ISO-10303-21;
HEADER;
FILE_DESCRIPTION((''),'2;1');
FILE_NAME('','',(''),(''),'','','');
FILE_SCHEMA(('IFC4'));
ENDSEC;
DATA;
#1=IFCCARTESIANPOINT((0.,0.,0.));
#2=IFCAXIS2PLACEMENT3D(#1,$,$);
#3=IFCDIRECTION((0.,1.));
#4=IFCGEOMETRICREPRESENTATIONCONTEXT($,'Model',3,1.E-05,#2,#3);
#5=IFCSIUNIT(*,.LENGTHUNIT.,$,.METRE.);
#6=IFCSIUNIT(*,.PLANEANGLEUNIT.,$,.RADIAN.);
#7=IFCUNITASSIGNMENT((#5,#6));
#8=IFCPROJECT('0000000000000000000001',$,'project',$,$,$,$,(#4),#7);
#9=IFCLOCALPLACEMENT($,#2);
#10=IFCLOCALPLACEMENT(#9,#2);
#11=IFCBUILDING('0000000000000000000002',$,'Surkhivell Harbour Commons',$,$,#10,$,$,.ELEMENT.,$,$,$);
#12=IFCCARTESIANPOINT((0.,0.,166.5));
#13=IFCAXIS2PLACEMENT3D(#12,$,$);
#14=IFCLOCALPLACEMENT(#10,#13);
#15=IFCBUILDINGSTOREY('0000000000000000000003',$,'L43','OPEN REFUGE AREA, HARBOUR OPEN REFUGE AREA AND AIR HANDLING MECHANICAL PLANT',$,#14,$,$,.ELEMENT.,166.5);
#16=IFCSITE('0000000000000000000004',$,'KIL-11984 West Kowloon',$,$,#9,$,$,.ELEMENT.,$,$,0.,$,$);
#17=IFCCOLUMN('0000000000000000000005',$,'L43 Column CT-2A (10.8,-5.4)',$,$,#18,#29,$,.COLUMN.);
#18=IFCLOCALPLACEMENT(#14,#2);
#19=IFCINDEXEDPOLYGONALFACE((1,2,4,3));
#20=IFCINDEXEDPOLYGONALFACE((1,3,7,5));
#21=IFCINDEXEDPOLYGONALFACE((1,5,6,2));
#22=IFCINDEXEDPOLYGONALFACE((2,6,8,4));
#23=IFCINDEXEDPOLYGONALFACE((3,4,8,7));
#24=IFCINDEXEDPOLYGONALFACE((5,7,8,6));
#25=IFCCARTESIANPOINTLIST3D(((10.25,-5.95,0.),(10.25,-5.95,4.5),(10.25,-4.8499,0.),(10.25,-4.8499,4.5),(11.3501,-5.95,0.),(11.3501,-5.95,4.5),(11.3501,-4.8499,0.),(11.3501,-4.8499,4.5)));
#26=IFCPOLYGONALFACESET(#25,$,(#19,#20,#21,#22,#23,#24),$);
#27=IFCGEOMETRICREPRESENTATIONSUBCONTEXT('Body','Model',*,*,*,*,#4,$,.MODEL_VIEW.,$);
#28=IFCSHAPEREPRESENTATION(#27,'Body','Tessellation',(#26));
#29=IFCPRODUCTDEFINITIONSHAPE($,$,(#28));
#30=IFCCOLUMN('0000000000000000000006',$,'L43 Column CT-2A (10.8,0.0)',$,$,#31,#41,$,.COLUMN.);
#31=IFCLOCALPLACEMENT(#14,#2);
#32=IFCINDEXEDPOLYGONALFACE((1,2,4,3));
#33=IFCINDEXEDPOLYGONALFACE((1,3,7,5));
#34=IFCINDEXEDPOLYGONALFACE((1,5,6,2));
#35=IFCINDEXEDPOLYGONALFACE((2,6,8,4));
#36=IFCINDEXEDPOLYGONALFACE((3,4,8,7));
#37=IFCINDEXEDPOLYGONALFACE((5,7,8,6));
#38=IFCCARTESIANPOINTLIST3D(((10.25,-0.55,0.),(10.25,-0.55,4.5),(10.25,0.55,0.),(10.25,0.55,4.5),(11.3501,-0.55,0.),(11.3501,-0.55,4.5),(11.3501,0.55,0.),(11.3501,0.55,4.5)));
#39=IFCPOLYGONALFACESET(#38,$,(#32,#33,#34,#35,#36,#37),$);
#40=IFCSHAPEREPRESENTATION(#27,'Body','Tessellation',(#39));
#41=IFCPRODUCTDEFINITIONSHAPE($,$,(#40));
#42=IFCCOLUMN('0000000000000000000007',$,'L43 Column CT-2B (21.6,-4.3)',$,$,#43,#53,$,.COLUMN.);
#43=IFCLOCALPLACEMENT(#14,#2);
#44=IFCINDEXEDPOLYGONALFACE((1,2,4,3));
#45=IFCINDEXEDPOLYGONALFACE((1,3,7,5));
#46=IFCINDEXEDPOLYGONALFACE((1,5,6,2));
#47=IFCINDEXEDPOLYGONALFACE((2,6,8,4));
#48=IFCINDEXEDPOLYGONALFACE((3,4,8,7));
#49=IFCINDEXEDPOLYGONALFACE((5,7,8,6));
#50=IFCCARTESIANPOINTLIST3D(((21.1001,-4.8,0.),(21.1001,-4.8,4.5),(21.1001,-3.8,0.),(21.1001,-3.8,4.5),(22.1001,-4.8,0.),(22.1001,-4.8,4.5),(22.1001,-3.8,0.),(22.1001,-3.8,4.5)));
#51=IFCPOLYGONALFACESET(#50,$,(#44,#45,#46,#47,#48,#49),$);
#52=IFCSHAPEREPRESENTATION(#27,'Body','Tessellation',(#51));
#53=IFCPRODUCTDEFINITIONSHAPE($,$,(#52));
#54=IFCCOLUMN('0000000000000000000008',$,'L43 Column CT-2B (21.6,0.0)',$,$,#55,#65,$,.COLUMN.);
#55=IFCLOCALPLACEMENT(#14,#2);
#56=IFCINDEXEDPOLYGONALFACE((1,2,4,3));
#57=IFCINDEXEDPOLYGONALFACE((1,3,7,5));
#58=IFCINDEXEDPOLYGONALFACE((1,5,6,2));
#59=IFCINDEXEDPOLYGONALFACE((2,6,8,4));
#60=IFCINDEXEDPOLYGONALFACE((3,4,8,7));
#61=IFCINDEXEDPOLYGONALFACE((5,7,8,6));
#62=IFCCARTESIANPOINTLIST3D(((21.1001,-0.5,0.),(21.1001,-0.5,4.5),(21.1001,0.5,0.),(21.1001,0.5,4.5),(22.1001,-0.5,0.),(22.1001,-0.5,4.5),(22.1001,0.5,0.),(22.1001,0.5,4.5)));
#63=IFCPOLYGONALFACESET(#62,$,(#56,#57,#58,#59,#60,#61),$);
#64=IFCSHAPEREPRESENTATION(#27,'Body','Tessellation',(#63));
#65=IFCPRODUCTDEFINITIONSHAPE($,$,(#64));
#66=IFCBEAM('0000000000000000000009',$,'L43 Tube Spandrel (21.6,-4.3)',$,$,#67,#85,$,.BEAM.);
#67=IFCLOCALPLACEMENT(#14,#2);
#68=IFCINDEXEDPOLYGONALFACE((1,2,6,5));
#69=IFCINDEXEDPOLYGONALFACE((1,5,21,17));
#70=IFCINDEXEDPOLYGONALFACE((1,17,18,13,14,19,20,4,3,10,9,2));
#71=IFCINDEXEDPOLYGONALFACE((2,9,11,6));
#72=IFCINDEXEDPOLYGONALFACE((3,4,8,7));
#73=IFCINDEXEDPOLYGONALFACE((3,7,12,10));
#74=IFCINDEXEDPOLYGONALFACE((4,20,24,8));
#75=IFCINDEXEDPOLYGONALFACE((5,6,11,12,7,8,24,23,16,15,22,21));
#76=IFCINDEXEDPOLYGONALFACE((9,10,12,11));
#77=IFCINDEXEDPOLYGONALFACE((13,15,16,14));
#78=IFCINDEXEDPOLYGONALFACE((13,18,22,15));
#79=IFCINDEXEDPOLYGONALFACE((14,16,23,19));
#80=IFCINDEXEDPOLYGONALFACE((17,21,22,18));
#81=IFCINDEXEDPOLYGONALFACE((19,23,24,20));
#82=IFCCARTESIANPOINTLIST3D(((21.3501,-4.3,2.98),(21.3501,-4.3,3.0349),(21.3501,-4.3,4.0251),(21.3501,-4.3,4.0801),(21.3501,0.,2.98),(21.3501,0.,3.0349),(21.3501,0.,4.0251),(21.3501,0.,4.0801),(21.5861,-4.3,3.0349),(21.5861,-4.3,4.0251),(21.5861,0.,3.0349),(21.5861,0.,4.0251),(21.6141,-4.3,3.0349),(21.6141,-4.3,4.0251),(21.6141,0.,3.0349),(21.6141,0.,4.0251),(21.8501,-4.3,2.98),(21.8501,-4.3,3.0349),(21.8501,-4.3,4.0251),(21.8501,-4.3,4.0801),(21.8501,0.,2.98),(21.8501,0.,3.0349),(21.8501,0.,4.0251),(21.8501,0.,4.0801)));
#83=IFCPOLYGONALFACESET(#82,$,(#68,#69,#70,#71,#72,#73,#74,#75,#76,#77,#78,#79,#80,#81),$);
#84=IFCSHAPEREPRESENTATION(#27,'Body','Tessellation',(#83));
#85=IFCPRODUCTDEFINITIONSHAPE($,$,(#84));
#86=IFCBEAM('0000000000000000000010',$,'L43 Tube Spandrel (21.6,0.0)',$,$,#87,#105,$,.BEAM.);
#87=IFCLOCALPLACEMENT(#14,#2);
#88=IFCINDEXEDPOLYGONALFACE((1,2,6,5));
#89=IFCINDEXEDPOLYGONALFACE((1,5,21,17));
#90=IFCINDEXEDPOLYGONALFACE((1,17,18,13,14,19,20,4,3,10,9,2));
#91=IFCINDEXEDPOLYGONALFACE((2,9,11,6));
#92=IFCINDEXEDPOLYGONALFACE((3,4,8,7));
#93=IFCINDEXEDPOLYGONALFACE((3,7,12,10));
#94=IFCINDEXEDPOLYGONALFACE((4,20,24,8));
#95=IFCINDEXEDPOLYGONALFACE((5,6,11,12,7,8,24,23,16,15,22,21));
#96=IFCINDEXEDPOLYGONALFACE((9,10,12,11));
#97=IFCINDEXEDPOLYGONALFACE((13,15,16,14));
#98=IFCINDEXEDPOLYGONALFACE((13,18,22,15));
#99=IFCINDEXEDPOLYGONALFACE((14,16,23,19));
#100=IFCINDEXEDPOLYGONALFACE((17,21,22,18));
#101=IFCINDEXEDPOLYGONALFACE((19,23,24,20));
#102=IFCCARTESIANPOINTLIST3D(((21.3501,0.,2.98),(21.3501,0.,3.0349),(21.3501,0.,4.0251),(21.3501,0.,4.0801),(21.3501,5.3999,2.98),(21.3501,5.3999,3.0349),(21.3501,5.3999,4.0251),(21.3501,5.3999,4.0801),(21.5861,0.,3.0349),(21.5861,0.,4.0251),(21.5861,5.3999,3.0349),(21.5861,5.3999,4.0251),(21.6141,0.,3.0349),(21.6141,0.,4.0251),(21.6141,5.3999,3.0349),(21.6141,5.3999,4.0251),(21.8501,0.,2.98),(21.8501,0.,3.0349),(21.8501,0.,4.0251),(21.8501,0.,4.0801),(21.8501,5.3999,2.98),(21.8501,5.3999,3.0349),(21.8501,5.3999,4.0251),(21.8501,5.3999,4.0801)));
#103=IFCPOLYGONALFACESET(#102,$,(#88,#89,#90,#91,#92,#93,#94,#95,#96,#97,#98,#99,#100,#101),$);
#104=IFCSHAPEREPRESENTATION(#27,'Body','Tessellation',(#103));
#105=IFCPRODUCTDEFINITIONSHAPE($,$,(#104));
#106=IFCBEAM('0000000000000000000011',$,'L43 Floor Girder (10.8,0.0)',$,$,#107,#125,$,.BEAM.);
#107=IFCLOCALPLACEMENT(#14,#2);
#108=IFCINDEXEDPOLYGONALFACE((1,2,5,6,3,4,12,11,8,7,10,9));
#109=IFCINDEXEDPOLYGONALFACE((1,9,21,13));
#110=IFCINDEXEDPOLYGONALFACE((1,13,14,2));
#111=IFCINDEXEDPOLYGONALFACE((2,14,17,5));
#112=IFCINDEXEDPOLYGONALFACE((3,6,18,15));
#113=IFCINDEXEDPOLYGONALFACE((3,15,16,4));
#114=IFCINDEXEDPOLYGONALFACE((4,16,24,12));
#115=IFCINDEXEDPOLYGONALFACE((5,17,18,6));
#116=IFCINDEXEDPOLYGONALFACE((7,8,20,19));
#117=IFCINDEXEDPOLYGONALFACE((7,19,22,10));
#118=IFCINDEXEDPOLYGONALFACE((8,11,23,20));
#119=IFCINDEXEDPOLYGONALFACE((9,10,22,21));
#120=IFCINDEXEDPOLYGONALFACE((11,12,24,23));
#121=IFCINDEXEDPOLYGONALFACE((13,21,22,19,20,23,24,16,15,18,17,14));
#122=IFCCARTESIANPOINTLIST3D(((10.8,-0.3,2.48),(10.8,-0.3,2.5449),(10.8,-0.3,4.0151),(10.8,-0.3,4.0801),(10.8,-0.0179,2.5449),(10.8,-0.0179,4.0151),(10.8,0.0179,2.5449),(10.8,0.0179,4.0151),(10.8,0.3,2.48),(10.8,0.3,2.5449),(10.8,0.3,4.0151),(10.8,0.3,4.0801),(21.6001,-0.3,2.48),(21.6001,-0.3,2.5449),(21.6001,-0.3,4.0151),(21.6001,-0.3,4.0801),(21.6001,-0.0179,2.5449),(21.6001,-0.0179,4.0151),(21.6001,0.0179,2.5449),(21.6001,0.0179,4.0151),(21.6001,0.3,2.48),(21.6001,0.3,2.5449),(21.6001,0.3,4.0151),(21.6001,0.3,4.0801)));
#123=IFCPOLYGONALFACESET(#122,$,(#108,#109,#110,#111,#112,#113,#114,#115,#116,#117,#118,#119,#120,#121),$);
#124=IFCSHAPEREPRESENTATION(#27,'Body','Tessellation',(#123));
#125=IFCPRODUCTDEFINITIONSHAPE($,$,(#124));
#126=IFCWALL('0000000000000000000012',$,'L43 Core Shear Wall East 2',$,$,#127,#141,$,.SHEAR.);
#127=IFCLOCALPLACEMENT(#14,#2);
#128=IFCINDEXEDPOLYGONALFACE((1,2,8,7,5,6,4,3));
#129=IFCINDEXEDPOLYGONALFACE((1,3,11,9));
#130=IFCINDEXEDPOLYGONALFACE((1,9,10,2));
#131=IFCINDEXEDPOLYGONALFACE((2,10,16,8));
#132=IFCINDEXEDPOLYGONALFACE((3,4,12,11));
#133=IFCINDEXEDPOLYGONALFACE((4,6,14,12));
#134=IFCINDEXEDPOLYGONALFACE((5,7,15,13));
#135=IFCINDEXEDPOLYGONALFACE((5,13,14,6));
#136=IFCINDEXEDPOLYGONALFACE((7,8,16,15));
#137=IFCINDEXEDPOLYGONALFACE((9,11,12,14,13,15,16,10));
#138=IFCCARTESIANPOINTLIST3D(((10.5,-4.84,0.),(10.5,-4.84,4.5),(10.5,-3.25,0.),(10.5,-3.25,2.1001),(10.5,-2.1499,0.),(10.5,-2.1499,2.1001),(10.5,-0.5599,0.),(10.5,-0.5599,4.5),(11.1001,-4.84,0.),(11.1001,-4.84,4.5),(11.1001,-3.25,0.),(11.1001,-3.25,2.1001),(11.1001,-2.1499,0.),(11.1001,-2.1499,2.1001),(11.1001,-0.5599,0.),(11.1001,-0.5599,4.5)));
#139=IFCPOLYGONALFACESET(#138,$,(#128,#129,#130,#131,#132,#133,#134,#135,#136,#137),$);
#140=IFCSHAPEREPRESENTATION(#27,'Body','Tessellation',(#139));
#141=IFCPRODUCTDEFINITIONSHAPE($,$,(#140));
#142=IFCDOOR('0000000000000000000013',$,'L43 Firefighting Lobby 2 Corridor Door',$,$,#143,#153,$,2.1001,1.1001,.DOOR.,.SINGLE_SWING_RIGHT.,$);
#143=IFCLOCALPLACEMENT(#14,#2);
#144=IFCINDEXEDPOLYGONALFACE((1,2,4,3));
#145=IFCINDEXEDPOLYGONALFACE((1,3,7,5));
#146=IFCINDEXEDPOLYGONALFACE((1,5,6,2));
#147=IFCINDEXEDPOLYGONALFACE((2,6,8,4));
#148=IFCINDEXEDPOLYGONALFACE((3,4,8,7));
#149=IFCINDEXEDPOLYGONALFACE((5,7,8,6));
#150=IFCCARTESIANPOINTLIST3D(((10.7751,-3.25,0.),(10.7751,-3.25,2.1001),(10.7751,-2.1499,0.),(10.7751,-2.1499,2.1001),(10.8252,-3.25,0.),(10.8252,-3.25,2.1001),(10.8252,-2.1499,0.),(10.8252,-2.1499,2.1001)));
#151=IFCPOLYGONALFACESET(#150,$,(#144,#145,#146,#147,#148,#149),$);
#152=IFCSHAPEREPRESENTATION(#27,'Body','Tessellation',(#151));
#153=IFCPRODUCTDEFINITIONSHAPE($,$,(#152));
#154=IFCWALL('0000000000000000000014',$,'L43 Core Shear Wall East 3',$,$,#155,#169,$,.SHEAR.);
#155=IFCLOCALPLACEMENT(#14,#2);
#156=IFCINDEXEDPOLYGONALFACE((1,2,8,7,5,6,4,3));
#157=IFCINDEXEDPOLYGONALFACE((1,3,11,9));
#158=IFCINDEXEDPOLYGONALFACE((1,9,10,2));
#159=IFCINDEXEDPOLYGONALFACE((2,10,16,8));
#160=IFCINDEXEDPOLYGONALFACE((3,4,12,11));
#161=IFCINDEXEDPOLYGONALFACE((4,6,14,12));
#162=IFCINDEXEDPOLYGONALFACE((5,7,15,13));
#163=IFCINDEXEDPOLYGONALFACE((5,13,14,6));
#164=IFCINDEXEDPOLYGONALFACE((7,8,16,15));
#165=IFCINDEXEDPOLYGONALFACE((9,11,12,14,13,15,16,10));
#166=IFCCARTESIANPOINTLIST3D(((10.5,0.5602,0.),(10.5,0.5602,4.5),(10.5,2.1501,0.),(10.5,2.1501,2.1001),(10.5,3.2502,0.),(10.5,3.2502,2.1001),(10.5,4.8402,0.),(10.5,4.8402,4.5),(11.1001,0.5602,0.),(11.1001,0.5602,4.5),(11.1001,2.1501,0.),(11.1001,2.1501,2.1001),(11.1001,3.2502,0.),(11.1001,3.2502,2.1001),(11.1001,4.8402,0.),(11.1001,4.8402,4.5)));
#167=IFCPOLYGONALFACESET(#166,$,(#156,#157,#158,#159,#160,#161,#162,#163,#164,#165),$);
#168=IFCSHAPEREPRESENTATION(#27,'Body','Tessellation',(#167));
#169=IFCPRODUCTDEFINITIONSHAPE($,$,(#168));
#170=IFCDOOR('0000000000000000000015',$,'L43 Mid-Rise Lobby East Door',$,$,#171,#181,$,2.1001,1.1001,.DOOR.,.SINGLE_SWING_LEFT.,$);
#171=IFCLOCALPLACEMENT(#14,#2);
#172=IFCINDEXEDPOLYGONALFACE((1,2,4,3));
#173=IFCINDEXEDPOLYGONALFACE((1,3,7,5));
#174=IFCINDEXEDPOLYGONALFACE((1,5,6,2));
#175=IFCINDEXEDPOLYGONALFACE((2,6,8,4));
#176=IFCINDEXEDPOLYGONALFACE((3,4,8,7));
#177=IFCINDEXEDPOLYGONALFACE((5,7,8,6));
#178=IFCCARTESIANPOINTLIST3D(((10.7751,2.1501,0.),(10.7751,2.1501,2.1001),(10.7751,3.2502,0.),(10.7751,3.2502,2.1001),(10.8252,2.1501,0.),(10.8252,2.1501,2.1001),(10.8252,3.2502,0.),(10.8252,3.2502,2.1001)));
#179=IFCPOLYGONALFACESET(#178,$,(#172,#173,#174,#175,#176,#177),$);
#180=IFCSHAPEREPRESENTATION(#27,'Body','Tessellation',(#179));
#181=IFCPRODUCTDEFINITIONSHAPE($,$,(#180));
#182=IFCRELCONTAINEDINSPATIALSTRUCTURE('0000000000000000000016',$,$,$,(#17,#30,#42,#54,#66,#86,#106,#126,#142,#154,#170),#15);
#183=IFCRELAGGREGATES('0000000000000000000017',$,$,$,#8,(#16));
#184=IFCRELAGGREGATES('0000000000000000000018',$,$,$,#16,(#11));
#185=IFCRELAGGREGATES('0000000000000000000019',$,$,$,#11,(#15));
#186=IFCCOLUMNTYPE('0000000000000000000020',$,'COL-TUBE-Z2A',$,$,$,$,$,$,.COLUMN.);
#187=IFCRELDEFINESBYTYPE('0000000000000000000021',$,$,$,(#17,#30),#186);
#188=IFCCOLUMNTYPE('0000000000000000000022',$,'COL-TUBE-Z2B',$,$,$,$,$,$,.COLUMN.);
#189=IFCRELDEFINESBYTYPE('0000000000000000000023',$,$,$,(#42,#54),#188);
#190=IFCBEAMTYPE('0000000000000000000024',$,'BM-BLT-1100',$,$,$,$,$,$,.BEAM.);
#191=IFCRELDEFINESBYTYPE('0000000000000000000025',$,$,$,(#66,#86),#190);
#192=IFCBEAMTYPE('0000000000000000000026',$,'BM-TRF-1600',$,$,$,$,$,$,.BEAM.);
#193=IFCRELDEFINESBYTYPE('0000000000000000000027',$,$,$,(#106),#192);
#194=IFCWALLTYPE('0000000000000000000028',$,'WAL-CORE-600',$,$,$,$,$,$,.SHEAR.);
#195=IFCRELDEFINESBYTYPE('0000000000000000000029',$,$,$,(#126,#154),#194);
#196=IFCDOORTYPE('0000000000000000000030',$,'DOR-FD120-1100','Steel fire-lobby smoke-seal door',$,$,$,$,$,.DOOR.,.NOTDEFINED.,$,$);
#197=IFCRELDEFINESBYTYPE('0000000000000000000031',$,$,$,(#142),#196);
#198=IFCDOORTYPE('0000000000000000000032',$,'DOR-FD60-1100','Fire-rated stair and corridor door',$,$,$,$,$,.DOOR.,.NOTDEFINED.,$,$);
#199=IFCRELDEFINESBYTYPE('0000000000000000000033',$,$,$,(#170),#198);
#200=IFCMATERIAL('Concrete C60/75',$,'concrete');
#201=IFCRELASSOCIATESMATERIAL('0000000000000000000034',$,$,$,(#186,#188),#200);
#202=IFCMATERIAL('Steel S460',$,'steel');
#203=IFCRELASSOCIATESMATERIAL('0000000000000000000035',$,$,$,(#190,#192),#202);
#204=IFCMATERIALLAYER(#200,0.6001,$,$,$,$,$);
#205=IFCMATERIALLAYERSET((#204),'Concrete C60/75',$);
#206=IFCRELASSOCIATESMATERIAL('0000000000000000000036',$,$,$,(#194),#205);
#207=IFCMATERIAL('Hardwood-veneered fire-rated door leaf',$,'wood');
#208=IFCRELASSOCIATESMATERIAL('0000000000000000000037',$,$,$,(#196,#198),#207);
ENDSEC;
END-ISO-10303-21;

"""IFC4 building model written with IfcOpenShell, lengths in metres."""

from ifc_helpers import new_model, si_unit, direction, frame, frame_2d, origin, origin_2d, place, context, subcontext, project, spatial, rectangle, i_section, extrude, material, layer, layer_set, material_profile, profile_set, type_object, element, fill, save


model = new_model("IFC4")

# Units and contexts
model_context = context("Model", 3, precision=1e-05, world=origin(), true_north=direction((0.0, 1.0)))
body_context = subcontext(model_context, "Body", "Model", "MODEL_VIEW")
ifc_project = project(units=[si_unit("LENGTHUNIT", "METRE"), si_unit("PLANEANGLEUNIT", "RADIAN")], contexts=[model_context])

# Site, building, storey
site_placement = place(None, origin())
site = spatial("IfcSite", under=ifc_project, at=site_placement, Name="KIL-11984 West Kowloon", CompositionType="ELEMENT", RefElevation=0.0)
building_placement = place(site_placement, origin())
building = spatial("IfcBuilding", under=site, at=building_placement, Name="Surkhivell Harbour Commons", CompositionType="ELEMENT")
storey_placement = place(building_placement, frame((0.0, 0.0, 166.5)))
storey = spatial("IfcBuildingStorey", under=building, at=storey_placement, Name="L43", Description="OPEN REFUGE AREA, HARBOUR OPEN REFUGE AREA AND AIR HANDLING MECHANICAL PLANT", CompositionType="ELEMENT", Elevation=166.5)

# Columns
ifc_material_1 = material(Name="Concrete C60/75", Category="concrete")
ifc_material_profile_1 = material_profile(ifc_material_1, rectangle(XDim=1.1001, YDim=1.1001, at=origin_2d()), Name="RC-COL-1100x1100")
ifc_profile_set_1 = profile_set([ifc_material_profile_1], Name="Concrete C60/75")
column_type_1 = type_object("IfcColumnType", Name="COL-TUBE-Z2A", PredefinedType="COLUMN", material=ifc_profile_set_1)
for number, where, z_axis, x_axis, name in (
    (1, (10.8, -5.3999, 0.0), (0.0, 0.0, 1.0), (1.0, 0.0, 0.0), "L43 Column CT-2A (10.8,-5.4)"),
    (2, (10.8, 0.0, 0.0), (0.0, 0.0, 1.0), (1.0, 0.0, 0.0), "L43 Column CT-2A (10.8,0.0)"),
):
    element("IfcColumn", number, at=place(storey_placement, frame(where, z_axis=z_axis, x_axis=x_axis)), inside=storey, type_object=column_type_1, Name=name, PredefinedType="COLUMN", context=body_context, shape_type="SweptSolid", body=[
        extrude(rectangle(XDim=1.1001, YDim=1.1001, at=origin_2d()), origin(), (0.0, 0.0, 1.0), 4.5),
    ])
ifc_material_profile_2 = material_profile(ifc_material_1, rectangle(XDim=1.0, YDim=1.0, at=origin_2d()), Name="RC-COL-1000x1000")
ifc_profile_set_2 = profile_set([ifc_material_profile_2], Name="Concrete C60/75")
column_type_2 = type_object("IfcColumnType", Name="COL-TUBE-Z2B", PredefinedType="COLUMN", material=ifc_profile_set_2)
for number, where, z_axis, x_axis, name in (
    (3, (21.6001, -4.3, 0.0), (0.0, 0.0, 1.0), (1.0, 0.0, 0.0), "L43 Column CT-2B (21.6,-4.3)"),
    (4, (21.6001, 0.0, 0.0), (0.0, 0.0, 1.0), (1.0, 0.0, 0.0), "L43 Column CT-2B (21.6,0.0)"),
):
    element("IfcColumn", number, at=place(storey_placement, frame(where, z_axis=z_axis, x_axis=x_axis)), inside=storey, type_object=column_type_2, Name=name, PredefinedType="COLUMN", context=body_context, shape_type="SweptSolid", body=[
        extrude(rectangle(XDim=1.0, YDim=1.0, at=origin_2d()), origin(), (0.0, 0.0, 1.0), 4.5),
    ])

# Beams
ifc_material_2 = material(Name="Steel S460", Category="steel")
ifc_material_profile_3 = material_profile(ifc_material_2, i_section(OverallWidth=0.5, OverallDepth=1.1001, WebThickness=0.0281, FlangeThickness=0.0549, at=origin_2d()), Name="WPG1100x500x210")
ifc_profile_set_3 = profile_set([ifc_material_profile_3], Name="Steel S460")
beam_type_1 = type_object("IfcBeamType", Name="BM-BLT-1100", PredefinedType="BEAM", material=ifc_profile_set_3)
beam_1_placement = place(storey_placement, frame((21.6001, -4.3, 3.53), z_axis=(0.0, 1.0, 0.0), x_axis=(-1.0, 0.0, 0.0)))
element("IfcBeam", 5, at=beam_1_placement, inside=storey, type_object=beam_type_1, Name="L43 Tube Spandrel (21.6,-4.3)", PredefinedType="BEAM", context=body_context, shape_type="SweptSolid", body=[
    extrude(i_section(OverallWidth=0.5, OverallDepth=1.1001, WebThickness=0.0281, FlangeThickness=0.0549, at=origin_2d()), origin(), (0.0, 0.0, 1.0), 4.3),
])
beam_2_placement = place(storey_placement, frame((21.6001, 0.0, 3.53), z_axis=(0.0, 1.0, 0.0), x_axis=(-1.0, 0.0, 0.0)))
element("IfcBeam", 6, at=beam_2_placement, inside=storey, type_object=beam_type_1, Name="L43 Tube Spandrel (21.6,0.0)", PredefinedType="BEAM", context=body_context, shape_type="SweptSolid", body=[
    extrude(i_section(OverallWidth=0.5, OverallDepth=1.1001, WebThickness=0.0281, FlangeThickness=0.0549, at=origin_2d()), origin(), (0.0, 0.0, 1.0), 5.3999),
])
ifc_material_profile_4 = material_profile(ifc_material_2, i_section(OverallWidth=0.6001, OverallDepth=1.6001, WebThickness=0.0359, FlangeThickness=0.0649, at=origin_2d()), Name="WPG1600x600x296")
ifc_profile_set_4 = profile_set([ifc_material_profile_4], Name="Steel S460")
beam_type_2 = type_object("IfcBeamType", Name="BM-TRF-1600", PredefinedType="BEAM", material=ifc_profile_set_4)
beam_3_placement = place(storey_placement, frame((10.8, 0.0, 3.28), z_axis=(1.0, 0.0, 0.0), x_axis=(0.0, 1.0, 0.0)))
element("IfcBeam", 7, at=beam_3_placement, inside=storey, type_object=beam_type_2, Name="L43 Floor Girder (10.8,0.0)", PredefinedType="BEAM", context=body_context, shape_type="SweptSolid", body=[
    extrude(i_section(OverallWidth=0.6001, OverallDepth=1.6001, WebThickness=0.0359, FlangeThickness=0.0649, at=origin_2d()), origin(), (0.0, 0.0, 1.0), 10.8),
])

# Walls, openings, doors
ifc_layer_1 = layer(ifc_material_1, 0.6001)
ifc_layer_set_1 = layer_set([ifc_layer_1], Name="Concrete C60/75")
wall_type_1 = type_object("IfcWallType", Name="WAL-CORE-600", PredefinedType="SHEAR", material=ifc_layer_set_1)
wall_1_placement = place(storey_placement, frame((10.8, -4.8401, 0.0), z_axis=(0.0, 0.0, 1.0), x_axis=(0.0, 1.0, 0.0)))
wall_1 = element("IfcWall", 8, at=wall_1_placement, inside=storey, type_object=wall_type_1, Name="L43 Core Shear Wall East 2", PredefinedType="SHEAR", context=body_context, shape_type="SweptSolid", body=[
    extrude(rectangle(XDim=4.28, YDim=0.6001, at=frame_2d((2.1401, 0.0))), origin(), (0.0, 0.0, 1.0), 4.5),
])
opening_1_placement = place(wall_1_placement, frame((1.5901, 0.0, 0.0)))
opening_1 = element("IfcOpeningElement", 9, at=opening_1_placement, cuts=wall_1, PredefinedType="OPENING", context=body_context, shape_type="SweptSolid", body=[
    extrude(rectangle(XDim=1.1001, YDim=2.1001, at=frame_2d((0.55, 1.05))), frame((0.0, 0.3101, 0.0), z_axis=(0.0, -1.0, 0.0), x_axis=(1.0, 0.0, 0.0)), (0.0, 0.0, 1.0), 0.6201),
])
ifc_material_3 = material(Name="Hardwood-veneered fire-rated door leaf", Category="wood")
door_type_1 = type_object("IfcDoorType", Name="DOR-FD120-1100", Description="Steel fire-lobby smoke-seal door", OperationType="NOTDEFINED", PredefinedType="DOOR", material=ifc_material_3)
door_1_placement = place(opening_1_placement, origin())
door_1 = element("IfcDoor", 10, at=door_1_placement, inside=storey, type_object=door_type_1, Name="L43 Firefighting Lobby 2 Corridor Door", OperationType="SINGLE_SWING_RIGHT", OverallHeight=2.1001, OverallWidth=1.1001, PredefinedType="DOOR", context=body_context, shape_type="SweptSolid", body=[
    extrude(rectangle(XDim=1.1001, YDim=2.1001, at=frame_2d((0.55, 1.05))), frame((0.0, 0.0249, 0.0), z_axis=(0.0, -1.0, 0.0), x_axis=(1.0, 0.0, 0.0)), (0.0, 0.0, 1.0), 0.05),
])
fill(opening_1, door_1)
wall_2_placement = place(storey_placement, frame((10.8, 0.5601, 0.0), z_axis=(0.0, 0.0, 1.0), x_axis=(0.0, 1.0, 0.0)))
wall_2 = element("IfcWall", 11, at=wall_2_placement, inside=storey, type_object=wall_type_1, Name="L43 Core Shear Wall East 3", PredefinedType="SHEAR", context=body_context, shape_type="SweptSolid", body=[
    extrude(rectangle(XDim=4.28, YDim=0.6001, at=frame_2d((2.1401, 0.0))), origin(), (0.0, 0.0, 1.0), 4.5),
])
opening_2_placement = place(wall_2_placement, frame((1.5901, 0.0, 0.0)))
opening_2 = element("IfcOpeningElement", 12, at=opening_2_placement, cuts=wall_2, PredefinedType="OPENING", context=body_context, shape_type="SweptSolid", body=[
    extrude(rectangle(XDim=1.1001, YDim=2.1001, at=frame_2d((0.55, 1.05))), frame((0.0, 0.3101, 0.0), z_axis=(0.0, -1.0, 0.0), x_axis=(1.0, 0.0, 0.0)), (0.0, 0.0, 1.0), 0.6201),
])
door_type_2 = type_object("IfcDoorType", Name="DOR-FD60-1100", Description="Fire-rated stair and corridor door", OperationType="NOTDEFINED", PredefinedType="DOOR", material=ifc_material_3)
door_2_placement = place(opening_2_placement, origin())
door_2 = element("IfcDoor", 13, at=door_2_placement, inside=storey, type_object=door_type_2, Name="L43 Mid-Rise Lobby East Door", OperationType="SINGLE_SWING_LEFT", OverallHeight=2.1001, OverallWidth=1.1001, PredefinedType="DOOR", context=body_context, shape_type="SweptSolid", body=[
    extrude(rectangle(XDim=1.1001, YDim=2.1001, at=frame_2d((0.55, 1.05))), frame((0.0, 0.0249, 0.0), z_axis=(0.0, -1.0, 0.0), x_axis=(1.0, 0.0, 0.0)), (0.0, 0.0, 1.0), 0.05),
])
fill(opening_2, door_2)

save(model, "model.ifc")
